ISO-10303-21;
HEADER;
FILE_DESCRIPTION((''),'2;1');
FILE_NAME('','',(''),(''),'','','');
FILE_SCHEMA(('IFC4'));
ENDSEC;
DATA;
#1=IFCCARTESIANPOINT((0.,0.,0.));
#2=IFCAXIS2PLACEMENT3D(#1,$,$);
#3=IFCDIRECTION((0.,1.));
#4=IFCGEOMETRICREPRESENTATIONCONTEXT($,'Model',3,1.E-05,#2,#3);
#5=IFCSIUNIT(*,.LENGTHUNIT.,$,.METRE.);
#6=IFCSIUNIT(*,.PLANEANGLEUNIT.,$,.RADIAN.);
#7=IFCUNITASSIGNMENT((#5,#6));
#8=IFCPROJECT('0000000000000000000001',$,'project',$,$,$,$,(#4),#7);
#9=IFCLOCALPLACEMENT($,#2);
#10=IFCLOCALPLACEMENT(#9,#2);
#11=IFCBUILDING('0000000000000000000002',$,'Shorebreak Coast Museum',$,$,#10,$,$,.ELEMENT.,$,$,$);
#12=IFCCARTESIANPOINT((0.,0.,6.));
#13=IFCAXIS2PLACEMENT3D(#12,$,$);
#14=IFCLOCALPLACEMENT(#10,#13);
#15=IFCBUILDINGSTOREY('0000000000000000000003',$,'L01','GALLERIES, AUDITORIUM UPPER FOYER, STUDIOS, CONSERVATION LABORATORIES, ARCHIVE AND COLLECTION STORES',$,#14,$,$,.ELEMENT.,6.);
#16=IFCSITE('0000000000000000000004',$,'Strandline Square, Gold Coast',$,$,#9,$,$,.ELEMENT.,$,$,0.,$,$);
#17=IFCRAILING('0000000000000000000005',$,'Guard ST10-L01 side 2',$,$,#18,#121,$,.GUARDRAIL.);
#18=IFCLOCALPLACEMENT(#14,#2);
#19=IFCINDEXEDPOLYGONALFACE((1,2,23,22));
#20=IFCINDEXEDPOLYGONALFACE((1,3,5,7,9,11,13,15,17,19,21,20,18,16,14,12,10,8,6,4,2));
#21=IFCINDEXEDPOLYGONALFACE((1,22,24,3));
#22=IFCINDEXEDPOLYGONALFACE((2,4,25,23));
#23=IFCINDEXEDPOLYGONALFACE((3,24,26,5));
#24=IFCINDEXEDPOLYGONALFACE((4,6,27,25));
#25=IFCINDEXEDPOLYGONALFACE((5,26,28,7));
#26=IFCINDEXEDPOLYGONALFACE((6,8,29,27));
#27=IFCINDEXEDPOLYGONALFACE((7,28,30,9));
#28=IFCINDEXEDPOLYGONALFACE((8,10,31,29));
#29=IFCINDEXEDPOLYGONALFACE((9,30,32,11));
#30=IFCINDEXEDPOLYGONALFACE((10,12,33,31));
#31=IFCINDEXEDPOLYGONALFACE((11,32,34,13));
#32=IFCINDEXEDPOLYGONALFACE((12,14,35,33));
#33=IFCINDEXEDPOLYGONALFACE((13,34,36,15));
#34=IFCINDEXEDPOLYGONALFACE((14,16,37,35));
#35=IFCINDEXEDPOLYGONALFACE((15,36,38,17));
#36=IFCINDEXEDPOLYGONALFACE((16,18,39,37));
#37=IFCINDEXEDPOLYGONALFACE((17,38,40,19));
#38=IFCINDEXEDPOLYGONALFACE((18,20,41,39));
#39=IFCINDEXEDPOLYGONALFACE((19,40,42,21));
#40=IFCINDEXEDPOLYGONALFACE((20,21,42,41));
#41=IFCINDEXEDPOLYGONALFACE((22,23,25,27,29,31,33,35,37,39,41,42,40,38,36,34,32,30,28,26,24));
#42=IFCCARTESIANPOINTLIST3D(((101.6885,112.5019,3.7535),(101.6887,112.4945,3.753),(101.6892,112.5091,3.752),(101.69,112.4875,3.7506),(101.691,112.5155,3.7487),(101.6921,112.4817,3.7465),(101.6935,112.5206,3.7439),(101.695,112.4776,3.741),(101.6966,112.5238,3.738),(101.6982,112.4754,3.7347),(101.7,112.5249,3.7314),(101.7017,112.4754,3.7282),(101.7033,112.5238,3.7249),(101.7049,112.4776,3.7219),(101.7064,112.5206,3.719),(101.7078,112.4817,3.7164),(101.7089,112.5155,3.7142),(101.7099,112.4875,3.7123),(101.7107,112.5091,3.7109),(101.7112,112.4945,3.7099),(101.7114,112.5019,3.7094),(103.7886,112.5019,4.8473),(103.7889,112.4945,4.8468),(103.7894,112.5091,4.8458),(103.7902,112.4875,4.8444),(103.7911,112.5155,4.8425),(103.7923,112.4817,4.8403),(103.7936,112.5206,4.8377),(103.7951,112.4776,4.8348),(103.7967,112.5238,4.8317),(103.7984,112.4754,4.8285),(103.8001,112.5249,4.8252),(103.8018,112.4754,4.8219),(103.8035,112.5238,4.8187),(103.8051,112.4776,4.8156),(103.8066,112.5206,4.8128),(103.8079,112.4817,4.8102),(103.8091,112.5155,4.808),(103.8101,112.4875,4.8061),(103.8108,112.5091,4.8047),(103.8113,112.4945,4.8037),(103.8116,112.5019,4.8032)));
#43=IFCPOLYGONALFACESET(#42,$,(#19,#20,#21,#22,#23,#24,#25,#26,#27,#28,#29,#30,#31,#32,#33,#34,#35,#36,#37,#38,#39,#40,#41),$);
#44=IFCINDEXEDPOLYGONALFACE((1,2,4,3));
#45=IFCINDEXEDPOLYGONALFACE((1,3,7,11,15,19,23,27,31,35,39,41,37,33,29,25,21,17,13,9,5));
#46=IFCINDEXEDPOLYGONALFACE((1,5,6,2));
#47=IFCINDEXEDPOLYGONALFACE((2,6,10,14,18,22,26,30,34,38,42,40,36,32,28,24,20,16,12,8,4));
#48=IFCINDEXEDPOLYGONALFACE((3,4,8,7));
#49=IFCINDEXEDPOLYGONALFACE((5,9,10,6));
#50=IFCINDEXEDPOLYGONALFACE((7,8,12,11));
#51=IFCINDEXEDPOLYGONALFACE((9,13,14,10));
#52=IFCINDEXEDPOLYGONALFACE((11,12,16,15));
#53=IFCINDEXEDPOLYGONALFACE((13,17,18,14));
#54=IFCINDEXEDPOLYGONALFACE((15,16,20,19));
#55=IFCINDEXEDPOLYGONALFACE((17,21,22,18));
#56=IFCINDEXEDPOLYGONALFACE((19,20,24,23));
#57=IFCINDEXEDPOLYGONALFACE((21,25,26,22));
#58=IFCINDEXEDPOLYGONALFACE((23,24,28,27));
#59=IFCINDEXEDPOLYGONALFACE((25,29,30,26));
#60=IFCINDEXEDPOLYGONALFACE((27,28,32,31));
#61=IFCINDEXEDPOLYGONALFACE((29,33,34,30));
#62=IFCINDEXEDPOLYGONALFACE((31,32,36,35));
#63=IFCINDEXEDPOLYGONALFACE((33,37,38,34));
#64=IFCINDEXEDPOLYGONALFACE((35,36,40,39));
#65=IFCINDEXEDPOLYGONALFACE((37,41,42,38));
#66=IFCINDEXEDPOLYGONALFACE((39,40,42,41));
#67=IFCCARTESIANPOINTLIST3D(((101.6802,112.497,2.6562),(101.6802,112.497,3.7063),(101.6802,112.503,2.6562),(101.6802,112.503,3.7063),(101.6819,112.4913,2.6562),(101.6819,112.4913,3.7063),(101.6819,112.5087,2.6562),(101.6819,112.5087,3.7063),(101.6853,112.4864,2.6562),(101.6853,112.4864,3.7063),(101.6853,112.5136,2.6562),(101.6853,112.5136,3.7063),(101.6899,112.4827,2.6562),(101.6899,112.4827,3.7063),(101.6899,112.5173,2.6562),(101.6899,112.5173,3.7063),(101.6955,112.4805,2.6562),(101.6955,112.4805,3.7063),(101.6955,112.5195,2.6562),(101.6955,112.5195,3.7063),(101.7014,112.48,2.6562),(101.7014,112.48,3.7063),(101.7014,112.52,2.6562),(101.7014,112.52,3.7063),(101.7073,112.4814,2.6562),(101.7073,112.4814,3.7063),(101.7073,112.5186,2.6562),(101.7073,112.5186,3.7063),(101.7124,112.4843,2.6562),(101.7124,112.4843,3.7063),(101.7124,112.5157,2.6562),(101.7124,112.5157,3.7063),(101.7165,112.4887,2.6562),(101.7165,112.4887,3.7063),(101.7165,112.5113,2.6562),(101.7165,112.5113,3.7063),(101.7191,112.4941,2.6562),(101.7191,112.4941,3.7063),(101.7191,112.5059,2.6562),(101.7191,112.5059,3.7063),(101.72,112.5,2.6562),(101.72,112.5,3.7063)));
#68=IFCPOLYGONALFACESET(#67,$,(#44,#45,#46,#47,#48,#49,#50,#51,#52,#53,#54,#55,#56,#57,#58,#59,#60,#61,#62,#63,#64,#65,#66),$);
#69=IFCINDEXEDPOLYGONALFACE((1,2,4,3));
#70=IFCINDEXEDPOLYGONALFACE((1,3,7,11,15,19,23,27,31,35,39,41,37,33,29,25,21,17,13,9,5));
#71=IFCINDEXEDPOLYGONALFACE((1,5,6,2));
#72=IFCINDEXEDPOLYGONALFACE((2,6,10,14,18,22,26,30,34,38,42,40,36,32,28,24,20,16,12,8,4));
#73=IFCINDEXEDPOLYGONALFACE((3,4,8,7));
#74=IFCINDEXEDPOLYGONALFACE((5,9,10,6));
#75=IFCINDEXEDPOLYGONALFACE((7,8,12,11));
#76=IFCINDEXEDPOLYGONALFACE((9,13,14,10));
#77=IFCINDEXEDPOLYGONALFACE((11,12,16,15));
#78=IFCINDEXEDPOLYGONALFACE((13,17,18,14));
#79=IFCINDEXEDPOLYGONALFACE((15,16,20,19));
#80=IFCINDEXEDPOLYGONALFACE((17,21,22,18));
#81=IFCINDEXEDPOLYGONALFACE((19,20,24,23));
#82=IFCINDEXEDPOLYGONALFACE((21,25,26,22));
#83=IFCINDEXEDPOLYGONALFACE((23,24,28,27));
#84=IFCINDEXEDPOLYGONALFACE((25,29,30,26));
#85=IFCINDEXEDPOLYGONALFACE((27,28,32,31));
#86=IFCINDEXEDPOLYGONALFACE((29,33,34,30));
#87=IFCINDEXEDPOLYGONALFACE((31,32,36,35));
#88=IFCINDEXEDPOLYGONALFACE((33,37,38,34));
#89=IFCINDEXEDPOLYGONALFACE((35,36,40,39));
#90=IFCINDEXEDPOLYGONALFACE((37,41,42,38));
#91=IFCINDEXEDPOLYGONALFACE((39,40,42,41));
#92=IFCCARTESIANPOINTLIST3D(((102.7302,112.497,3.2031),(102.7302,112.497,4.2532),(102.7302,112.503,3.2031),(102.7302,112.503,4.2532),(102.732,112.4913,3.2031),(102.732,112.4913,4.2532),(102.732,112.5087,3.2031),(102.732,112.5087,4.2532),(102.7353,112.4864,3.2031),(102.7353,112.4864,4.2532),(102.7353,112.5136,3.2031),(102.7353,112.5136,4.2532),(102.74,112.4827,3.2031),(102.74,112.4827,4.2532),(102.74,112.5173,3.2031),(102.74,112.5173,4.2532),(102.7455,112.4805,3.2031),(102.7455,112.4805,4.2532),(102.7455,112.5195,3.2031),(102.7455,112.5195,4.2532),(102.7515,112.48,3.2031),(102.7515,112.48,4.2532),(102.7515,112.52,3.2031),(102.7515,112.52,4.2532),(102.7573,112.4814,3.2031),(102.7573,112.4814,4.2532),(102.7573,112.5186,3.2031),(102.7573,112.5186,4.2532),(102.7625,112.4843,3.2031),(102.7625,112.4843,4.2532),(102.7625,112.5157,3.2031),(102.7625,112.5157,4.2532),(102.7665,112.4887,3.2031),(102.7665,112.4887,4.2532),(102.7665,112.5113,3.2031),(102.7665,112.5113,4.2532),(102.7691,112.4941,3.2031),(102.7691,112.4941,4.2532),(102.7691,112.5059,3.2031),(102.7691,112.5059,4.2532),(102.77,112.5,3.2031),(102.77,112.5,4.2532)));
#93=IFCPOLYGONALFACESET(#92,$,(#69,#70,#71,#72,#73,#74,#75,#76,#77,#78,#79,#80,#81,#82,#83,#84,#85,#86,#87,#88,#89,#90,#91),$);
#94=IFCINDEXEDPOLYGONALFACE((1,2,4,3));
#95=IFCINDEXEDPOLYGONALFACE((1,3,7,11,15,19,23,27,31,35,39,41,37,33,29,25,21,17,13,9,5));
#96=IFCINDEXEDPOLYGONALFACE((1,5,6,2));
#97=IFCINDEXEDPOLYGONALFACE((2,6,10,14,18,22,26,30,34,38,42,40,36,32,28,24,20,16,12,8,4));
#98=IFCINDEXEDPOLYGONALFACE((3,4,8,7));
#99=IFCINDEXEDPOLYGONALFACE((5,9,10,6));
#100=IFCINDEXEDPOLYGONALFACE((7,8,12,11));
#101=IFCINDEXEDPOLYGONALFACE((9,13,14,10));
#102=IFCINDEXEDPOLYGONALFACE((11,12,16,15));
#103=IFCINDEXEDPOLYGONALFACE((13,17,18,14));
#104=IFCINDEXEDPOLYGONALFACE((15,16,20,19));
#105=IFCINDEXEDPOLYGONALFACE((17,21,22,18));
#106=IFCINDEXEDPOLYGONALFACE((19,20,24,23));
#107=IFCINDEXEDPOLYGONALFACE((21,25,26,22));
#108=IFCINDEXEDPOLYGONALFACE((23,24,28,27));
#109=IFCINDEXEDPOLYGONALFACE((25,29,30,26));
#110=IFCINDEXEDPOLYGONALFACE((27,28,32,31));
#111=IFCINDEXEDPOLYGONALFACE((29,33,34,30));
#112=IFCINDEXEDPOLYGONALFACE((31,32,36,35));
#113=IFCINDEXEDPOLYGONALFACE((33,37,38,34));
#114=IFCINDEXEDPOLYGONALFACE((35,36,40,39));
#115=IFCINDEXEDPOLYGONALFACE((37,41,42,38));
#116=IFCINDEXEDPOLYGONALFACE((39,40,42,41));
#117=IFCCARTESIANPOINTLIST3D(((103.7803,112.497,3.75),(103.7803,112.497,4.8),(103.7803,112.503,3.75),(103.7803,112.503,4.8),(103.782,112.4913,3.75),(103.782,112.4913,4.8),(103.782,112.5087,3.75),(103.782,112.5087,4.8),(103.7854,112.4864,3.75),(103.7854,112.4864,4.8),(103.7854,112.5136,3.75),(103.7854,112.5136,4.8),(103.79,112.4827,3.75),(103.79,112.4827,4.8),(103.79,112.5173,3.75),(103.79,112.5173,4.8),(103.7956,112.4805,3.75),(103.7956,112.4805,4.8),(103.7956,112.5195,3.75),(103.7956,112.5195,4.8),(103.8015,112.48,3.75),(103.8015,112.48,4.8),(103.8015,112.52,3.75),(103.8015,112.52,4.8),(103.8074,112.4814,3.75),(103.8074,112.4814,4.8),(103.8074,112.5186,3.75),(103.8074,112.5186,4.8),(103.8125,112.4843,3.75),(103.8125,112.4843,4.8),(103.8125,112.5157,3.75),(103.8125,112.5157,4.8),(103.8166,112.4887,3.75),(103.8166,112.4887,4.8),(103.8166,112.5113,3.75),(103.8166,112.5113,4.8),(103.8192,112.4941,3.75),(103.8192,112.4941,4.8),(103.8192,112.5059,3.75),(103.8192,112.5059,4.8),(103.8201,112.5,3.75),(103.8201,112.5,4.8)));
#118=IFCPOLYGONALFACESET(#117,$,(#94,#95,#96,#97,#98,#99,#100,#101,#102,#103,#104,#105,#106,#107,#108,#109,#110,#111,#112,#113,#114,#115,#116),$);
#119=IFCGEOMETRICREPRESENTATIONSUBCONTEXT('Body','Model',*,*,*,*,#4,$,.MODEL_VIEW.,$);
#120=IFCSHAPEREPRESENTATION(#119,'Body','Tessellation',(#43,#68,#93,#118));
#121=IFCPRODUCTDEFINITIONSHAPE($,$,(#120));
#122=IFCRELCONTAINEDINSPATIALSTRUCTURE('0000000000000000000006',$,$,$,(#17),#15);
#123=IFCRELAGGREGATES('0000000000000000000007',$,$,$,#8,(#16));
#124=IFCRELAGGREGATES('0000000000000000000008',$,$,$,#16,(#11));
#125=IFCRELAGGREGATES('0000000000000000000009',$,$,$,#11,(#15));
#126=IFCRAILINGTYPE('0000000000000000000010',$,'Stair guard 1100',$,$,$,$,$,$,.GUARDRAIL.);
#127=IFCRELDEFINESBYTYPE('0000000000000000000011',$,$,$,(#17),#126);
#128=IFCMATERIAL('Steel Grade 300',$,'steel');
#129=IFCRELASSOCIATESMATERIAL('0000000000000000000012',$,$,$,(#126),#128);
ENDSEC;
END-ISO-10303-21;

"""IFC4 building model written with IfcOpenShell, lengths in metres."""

from ifc_helpers import new_model, si_unit, direction, frame, origin, origin_2d, place, context, subcontext, project, spatial, circle, extrude, material, type_object, element, save


model = new_model("IFC4")

# Units and contexts
model_context = context("Model", 3, precision=1e-05, world=origin(), true_north=direction((0.0, 1.0)))
body_context = subcontext(model_context, "Body", "Model", "MODEL_VIEW")
ifc_project = project(units=[si_unit("LENGTHUNIT", "METRE"), si_unit("PLANEANGLEUNIT", "RADIAN")], contexts=[model_context])

# Site, building, storey
site_placement = place(None, origin())
site = spatial("IfcSite", under=ifc_project, at=site_placement, Name="Strandline Square, Gold Coast", CompositionType="ELEMENT", RefElevation=0.0)
building_placement = place(site_placement, origin())
building = spatial("IfcBuilding", under=site, at=building_placement, Name="Shorebreak Coast Museum", CompositionType="ELEMENT")
storey_placement = place(building_placement, frame((0.0, 0.0, 6.0)))
storey = spatial("IfcBuildingStorey", under=building, at=storey_placement, Name="L01", Description="GALLERIES, AUDITORIUM UPPER FOYER, STUDIOS, CONSERVATION LABORATORIES, ARCHIVE AND COLLECTION STORES", CompositionType="ELEMENT", Elevation=6.0)

# Railing
ifc_material_1 = material(Name="Steel Grade 300", Category="steel")
railing_type_1 = type_object("IfcRailingType", Name="Stair guard 1100", PredefinedType="GUARDRAIL", material=ifc_material_1)
railing_placement = place(storey_placement, frame((101.7, 112.5, 2.6562)))
element("IfcRailing", 1, at=railing_placement, inside=storey, type_object=railing_type_1, Name="Guard ST10-L01 side 2", PredefinedType="GUARDRAIL", context=body_context, shape_type="SweptSolid", body=[
    extrude(circle(Radius=0.0249, at=origin_2d()), frame((0.0, 0.0, 1.0752), z_axis=(0.886923, 0.0, 0.461918), x_axis=(0.0, 1.0, 0.0)), (0.0, 0.0, 1.0), 2.3679),
    extrude(circle(Radius=0.02, at=origin_2d()), origin(), (0.0, 0.0, 1.0), 1.05),
    extrude(circle(Radius=0.02, at=origin_2d()), frame((1.05, 0.0, 0.5469)), (0.0, 0.0, 1.0), 1.05),
    extrude(circle(Radius=0.02, at=origin_2d()), frame((2.1001, 0.0, 1.0938)), (0.0, 0.0, 1.0), 1.05),
])

save(model, "model.ifc")
